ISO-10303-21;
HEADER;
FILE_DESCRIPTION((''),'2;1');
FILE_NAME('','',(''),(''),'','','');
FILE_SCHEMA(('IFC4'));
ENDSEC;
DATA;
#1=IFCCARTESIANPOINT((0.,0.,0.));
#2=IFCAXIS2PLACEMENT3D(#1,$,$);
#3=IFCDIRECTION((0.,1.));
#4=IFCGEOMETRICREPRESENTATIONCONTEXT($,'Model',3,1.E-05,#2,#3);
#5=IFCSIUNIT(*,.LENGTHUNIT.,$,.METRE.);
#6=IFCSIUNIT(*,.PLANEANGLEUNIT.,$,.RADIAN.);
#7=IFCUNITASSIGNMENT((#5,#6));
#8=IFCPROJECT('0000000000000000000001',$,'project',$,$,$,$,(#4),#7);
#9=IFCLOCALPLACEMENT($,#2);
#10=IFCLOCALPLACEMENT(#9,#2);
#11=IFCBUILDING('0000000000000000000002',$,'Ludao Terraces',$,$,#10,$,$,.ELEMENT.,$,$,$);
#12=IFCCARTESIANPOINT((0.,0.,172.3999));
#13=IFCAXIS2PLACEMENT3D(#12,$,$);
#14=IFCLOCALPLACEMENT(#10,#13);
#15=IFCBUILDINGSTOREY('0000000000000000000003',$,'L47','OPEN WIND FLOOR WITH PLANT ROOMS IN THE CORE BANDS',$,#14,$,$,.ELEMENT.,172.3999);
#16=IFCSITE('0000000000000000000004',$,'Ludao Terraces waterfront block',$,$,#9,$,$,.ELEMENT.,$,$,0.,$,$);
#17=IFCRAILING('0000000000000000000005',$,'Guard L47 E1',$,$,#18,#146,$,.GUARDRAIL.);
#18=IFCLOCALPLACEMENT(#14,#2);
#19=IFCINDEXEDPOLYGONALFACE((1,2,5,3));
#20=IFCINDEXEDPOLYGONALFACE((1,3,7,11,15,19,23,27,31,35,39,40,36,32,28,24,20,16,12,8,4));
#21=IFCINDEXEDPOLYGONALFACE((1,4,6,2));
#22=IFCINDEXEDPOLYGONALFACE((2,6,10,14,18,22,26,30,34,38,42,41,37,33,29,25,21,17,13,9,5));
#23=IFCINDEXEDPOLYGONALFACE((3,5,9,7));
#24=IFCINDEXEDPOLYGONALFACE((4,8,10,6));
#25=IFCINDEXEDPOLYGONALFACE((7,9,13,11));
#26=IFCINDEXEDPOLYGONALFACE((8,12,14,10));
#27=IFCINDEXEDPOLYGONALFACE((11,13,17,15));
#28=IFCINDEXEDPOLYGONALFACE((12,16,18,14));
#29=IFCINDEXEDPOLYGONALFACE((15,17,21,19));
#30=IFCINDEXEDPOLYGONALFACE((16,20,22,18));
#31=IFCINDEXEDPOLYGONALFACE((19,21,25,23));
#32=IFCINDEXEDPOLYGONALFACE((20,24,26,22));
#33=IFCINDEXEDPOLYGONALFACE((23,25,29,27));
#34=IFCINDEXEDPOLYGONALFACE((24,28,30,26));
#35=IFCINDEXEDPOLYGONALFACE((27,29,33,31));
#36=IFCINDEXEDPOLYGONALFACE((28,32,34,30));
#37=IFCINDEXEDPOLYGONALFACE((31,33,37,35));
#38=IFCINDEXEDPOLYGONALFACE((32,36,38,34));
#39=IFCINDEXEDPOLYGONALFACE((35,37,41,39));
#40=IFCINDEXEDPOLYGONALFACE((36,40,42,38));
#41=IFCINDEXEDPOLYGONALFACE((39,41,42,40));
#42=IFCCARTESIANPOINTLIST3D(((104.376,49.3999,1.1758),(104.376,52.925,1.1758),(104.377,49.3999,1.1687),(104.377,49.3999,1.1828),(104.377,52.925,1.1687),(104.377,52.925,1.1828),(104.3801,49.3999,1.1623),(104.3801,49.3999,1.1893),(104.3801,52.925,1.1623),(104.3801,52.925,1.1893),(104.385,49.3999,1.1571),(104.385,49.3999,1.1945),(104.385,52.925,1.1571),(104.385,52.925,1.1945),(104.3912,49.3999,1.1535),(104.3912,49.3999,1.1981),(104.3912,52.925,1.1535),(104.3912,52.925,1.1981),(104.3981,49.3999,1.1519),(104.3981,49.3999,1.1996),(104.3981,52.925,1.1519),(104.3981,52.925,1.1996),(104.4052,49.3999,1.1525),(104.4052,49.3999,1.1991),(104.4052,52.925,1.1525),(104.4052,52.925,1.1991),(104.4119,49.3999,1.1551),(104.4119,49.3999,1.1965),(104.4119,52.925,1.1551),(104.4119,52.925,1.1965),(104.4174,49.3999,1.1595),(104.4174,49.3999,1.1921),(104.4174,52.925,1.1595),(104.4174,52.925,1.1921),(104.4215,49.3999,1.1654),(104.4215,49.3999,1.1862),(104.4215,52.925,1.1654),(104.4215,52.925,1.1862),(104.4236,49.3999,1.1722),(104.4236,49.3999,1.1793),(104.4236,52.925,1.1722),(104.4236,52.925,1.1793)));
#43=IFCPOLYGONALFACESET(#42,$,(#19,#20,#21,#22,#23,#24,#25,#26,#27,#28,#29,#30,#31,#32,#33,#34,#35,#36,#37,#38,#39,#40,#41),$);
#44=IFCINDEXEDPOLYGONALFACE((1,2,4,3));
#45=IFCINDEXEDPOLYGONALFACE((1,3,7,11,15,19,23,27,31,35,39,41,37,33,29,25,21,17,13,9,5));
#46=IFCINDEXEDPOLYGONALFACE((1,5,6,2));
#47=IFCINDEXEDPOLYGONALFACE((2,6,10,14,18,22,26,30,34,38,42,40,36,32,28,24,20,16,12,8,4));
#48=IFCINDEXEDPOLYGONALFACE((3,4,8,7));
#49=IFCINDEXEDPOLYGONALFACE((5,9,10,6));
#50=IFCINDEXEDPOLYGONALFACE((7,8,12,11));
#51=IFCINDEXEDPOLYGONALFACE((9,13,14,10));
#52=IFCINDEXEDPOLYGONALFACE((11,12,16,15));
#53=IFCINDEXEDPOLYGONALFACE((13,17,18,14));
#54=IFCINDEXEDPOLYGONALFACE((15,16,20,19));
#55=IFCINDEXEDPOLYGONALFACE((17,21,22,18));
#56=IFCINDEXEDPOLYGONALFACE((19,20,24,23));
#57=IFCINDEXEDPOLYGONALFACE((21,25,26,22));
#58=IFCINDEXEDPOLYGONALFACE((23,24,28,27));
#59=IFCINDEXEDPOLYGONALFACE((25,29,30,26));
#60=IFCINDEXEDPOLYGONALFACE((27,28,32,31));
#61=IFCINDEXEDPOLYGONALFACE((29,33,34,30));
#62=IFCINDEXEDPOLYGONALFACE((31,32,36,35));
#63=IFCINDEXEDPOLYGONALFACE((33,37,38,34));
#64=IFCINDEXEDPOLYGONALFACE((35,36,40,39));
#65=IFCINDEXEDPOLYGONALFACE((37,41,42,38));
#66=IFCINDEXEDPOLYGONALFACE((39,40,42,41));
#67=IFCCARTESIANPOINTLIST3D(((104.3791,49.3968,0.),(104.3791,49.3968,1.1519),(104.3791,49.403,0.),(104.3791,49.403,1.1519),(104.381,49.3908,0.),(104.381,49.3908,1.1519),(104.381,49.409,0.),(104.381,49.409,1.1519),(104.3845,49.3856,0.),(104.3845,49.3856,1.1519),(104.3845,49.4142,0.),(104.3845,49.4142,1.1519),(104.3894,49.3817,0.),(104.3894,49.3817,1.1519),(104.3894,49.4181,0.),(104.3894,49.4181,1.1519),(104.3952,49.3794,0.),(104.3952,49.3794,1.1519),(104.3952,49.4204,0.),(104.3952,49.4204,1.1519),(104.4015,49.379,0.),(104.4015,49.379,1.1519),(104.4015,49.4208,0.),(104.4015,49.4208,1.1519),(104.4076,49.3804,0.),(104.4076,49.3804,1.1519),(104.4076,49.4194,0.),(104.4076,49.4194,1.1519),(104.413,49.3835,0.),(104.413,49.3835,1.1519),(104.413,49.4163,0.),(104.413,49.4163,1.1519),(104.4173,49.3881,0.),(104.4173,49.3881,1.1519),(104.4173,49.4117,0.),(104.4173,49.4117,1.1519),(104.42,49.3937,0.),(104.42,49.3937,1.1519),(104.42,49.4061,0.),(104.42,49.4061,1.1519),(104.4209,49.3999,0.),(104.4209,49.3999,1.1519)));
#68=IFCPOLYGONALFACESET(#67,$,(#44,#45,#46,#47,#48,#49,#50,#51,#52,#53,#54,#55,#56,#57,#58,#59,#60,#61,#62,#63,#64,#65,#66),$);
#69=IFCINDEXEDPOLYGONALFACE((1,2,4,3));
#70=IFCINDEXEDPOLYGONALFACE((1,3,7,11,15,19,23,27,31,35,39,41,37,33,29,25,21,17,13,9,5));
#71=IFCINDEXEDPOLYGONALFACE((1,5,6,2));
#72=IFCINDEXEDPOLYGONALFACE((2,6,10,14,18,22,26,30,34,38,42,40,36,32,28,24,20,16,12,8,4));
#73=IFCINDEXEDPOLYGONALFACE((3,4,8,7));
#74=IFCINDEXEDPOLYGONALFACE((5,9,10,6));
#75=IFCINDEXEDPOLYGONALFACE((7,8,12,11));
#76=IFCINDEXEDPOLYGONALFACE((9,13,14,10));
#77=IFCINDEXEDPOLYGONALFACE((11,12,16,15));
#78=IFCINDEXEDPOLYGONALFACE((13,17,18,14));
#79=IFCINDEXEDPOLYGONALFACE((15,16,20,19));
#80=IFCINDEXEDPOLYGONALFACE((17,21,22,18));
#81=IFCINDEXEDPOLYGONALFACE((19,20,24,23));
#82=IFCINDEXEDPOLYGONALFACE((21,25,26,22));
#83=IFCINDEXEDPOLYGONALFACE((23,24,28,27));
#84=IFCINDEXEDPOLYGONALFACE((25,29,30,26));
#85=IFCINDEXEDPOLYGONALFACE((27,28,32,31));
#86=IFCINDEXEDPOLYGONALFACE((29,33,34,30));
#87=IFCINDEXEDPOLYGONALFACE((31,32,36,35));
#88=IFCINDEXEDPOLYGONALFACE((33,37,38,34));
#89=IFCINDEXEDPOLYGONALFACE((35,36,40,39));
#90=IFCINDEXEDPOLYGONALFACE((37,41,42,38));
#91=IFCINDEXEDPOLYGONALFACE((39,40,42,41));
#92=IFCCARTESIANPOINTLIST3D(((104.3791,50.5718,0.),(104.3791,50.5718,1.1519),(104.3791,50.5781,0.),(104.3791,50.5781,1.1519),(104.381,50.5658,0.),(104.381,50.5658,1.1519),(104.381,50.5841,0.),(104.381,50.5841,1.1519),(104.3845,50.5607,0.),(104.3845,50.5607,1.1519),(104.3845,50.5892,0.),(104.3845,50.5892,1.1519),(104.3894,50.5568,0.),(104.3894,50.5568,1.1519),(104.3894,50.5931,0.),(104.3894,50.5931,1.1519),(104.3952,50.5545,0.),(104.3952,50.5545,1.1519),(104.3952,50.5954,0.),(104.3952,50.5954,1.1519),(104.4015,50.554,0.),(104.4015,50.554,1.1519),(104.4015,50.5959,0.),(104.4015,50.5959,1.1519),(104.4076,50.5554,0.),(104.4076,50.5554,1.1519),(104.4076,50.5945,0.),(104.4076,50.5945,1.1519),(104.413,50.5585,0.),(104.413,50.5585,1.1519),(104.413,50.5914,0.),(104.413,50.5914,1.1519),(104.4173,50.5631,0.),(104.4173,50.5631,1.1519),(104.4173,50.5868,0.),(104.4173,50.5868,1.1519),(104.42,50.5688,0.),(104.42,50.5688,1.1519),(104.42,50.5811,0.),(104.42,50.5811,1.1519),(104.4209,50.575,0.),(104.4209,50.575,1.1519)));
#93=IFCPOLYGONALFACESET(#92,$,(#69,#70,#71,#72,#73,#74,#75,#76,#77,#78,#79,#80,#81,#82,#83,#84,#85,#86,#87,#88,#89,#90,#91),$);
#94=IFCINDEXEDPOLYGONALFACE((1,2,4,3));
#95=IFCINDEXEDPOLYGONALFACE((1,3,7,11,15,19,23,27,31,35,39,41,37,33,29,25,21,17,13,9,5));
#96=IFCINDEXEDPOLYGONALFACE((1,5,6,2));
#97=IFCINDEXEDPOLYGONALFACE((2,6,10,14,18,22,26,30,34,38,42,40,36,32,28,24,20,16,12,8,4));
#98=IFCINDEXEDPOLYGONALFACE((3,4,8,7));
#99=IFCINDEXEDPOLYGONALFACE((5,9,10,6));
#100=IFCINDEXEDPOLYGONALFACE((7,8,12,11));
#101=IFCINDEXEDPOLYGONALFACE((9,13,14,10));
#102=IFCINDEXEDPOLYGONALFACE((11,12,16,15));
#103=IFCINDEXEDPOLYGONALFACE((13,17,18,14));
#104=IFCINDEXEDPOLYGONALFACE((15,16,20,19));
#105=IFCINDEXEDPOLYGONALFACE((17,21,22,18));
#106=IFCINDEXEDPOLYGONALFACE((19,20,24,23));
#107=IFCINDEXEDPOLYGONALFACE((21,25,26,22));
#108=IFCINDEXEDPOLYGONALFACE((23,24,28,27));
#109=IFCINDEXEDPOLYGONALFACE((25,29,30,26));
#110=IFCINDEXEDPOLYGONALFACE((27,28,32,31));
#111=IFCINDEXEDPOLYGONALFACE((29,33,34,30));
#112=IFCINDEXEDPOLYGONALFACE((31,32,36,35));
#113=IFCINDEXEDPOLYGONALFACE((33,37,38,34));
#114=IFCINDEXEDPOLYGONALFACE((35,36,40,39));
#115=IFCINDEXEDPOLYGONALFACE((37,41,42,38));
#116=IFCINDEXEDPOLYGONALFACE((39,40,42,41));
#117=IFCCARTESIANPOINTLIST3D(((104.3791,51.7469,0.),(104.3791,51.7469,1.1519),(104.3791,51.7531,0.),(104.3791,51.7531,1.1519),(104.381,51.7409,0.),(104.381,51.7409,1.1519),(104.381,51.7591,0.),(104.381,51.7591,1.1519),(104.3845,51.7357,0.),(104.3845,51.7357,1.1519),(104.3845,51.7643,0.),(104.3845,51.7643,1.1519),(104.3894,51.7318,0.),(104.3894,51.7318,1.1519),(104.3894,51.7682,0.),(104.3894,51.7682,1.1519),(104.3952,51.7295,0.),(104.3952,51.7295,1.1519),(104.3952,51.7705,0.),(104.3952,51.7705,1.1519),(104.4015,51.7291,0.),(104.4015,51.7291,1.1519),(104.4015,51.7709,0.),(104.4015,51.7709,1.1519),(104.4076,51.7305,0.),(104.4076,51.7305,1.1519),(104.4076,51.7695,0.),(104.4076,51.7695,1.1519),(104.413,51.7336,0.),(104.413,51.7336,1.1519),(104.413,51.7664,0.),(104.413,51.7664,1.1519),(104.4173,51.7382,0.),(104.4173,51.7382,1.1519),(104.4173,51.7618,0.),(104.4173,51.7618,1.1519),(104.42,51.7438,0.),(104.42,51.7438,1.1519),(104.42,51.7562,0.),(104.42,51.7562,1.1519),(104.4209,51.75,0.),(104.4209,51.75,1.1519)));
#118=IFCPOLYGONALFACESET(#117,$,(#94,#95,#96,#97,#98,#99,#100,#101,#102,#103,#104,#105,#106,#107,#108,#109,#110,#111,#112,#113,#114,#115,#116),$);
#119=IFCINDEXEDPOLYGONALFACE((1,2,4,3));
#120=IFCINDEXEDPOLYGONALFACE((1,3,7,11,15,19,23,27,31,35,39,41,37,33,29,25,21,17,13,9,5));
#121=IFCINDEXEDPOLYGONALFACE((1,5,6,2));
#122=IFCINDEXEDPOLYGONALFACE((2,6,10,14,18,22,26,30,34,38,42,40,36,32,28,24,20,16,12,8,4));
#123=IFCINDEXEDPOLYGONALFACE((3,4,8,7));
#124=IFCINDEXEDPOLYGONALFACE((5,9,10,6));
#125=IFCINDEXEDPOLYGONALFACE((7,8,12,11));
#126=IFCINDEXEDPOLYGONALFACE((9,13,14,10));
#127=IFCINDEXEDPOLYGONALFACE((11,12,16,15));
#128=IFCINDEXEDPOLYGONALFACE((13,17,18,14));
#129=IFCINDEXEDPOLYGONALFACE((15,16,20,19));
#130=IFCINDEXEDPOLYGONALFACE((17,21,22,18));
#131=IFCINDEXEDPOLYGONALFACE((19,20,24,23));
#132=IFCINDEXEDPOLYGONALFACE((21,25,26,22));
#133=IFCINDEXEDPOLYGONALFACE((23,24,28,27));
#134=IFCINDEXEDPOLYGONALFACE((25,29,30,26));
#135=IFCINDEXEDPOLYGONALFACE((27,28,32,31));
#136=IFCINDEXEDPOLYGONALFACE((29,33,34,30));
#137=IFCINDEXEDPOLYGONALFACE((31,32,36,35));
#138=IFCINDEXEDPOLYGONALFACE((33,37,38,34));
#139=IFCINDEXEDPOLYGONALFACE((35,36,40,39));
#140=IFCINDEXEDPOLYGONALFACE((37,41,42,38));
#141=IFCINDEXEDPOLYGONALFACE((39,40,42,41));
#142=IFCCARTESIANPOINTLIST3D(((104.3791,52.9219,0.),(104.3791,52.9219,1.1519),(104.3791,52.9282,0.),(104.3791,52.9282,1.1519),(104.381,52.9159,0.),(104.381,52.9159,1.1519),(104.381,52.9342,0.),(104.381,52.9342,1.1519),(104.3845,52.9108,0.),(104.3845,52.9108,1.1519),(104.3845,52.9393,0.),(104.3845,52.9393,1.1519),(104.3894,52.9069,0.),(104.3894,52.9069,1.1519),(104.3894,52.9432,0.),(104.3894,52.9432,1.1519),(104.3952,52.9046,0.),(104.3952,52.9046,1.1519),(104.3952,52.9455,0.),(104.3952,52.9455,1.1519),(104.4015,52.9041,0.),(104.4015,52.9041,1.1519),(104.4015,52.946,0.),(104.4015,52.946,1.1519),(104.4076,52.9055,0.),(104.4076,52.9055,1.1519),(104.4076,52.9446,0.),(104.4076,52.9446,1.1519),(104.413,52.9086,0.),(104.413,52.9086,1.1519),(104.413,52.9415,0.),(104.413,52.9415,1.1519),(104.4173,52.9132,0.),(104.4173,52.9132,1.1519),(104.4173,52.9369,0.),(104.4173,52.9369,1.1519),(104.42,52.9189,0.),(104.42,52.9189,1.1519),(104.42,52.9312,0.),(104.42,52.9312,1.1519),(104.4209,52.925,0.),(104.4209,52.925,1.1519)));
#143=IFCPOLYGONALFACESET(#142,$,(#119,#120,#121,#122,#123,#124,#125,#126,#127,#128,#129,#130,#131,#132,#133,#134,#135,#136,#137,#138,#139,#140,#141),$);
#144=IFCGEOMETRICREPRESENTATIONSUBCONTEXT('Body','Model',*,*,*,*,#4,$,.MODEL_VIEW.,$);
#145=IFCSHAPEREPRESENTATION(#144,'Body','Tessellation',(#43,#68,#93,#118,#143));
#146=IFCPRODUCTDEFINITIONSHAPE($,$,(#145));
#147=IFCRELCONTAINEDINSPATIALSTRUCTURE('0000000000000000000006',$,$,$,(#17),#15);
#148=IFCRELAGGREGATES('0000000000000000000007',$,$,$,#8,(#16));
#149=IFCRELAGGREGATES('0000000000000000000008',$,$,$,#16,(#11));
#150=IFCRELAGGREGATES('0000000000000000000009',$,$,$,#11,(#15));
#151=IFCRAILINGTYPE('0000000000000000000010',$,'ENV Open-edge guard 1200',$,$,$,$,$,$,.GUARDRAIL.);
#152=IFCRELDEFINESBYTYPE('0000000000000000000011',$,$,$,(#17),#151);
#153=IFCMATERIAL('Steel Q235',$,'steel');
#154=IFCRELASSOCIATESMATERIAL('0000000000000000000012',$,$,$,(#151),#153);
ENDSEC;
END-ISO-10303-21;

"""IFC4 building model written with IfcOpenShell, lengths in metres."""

from ifc_helpers import new_model, si_unit, direction, frame, origin, origin_2d, place, context, subcontext, project, spatial, circle, extrude, material, type_object, element, save


model = new_model("IFC4")

# Units and contexts
model_context = context("Model", 3, precision=1e-05, world=origin(), true_north=direction((0.0, 1.0)))
body_context = subcontext(model_context, "Body", "Model", "MODEL_VIEW")
ifc_project = project(units=[si_unit("LENGTHUNIT", "METRE"), si_unit("PLANEANGLEUNIT", "RADIAN")], contexts=[model_context])

# Site, building, storey
site_placement = place(None, origin())
site = spatial("IfcSite", under=ifc_project, at=site_placement, Name="Ludao Terraces waterfront block", CompositionType="ELEMENT", RefElevation=0.0)
building_placement = place(site_placement, origin())
building = spatial("IfcBuilding", under=site, at=building_placement, Name="Ludao Terraces", CompositionType="ELEMENT")
storey_placement = place(building_placement, frame((0.0, 0.0, 172.3999)))
storey = spatial("IfcBuildingStorey", under=building, at=storey_placement, Name="L47", Description="OPEN WIND FLOOR WITH PLANT ROOMS IN THE CORE BANDS", CompositionType="ELEMENT", Elevation=172.3999)

# Shared definitions
ifc_material_1 = material(Name="Steel Q235", Category="steel")

# Railing
railing_type_1 = type_object("IfcRailingType", Name="ENV Open-edge guard 1200", PredefinedType="GUARDRAIL", material=ifc_material_1)
railing_1_placement = place(storey_placement, frame((104.3999, 49.3999, 0.0)))
element("IfcRailing", 1, at=railing_1_placement, inside=storey, type_object=railing_type_1, Name="Guard L47 E1", PredefinedType="GUARDRAIL", context=body_context, shape_type="SweptSolid", body=[
    extrude(circle(Radius=0.0239, at=origin_2d()), frame((0.0, 0.0, 1.1758), z_axis=(0.0, 1.0, 0.0), x_axis=(-1.0, 0.0, 0.0)), (0.0, 0.0, 1.0), 3.5251),
    extrude(circle(Radius=0.021, at=origin_2d()), origin(), (0.0, 0.0, 1.0), 1.1519),
    extrude(circle(Radius=0.021, at=origin_2d()), frame((0.0, 1.175, 0.0)), (0.0, 0.0, 1.0), 1.1519),
    extrude(circle(Radius=0.021, at=origin_2d()), frame((0.0, 2.3501, 0.0)), (0.0, 0.0, 1.0), 1.1519),
    extrude(circle(Radius=0.021, at=origin_2d()), frame((0.0, 3.5251, 0.0)), (0.0, 0.0, 1.0), 1.1519),
])

save(model, "model.ifc")
